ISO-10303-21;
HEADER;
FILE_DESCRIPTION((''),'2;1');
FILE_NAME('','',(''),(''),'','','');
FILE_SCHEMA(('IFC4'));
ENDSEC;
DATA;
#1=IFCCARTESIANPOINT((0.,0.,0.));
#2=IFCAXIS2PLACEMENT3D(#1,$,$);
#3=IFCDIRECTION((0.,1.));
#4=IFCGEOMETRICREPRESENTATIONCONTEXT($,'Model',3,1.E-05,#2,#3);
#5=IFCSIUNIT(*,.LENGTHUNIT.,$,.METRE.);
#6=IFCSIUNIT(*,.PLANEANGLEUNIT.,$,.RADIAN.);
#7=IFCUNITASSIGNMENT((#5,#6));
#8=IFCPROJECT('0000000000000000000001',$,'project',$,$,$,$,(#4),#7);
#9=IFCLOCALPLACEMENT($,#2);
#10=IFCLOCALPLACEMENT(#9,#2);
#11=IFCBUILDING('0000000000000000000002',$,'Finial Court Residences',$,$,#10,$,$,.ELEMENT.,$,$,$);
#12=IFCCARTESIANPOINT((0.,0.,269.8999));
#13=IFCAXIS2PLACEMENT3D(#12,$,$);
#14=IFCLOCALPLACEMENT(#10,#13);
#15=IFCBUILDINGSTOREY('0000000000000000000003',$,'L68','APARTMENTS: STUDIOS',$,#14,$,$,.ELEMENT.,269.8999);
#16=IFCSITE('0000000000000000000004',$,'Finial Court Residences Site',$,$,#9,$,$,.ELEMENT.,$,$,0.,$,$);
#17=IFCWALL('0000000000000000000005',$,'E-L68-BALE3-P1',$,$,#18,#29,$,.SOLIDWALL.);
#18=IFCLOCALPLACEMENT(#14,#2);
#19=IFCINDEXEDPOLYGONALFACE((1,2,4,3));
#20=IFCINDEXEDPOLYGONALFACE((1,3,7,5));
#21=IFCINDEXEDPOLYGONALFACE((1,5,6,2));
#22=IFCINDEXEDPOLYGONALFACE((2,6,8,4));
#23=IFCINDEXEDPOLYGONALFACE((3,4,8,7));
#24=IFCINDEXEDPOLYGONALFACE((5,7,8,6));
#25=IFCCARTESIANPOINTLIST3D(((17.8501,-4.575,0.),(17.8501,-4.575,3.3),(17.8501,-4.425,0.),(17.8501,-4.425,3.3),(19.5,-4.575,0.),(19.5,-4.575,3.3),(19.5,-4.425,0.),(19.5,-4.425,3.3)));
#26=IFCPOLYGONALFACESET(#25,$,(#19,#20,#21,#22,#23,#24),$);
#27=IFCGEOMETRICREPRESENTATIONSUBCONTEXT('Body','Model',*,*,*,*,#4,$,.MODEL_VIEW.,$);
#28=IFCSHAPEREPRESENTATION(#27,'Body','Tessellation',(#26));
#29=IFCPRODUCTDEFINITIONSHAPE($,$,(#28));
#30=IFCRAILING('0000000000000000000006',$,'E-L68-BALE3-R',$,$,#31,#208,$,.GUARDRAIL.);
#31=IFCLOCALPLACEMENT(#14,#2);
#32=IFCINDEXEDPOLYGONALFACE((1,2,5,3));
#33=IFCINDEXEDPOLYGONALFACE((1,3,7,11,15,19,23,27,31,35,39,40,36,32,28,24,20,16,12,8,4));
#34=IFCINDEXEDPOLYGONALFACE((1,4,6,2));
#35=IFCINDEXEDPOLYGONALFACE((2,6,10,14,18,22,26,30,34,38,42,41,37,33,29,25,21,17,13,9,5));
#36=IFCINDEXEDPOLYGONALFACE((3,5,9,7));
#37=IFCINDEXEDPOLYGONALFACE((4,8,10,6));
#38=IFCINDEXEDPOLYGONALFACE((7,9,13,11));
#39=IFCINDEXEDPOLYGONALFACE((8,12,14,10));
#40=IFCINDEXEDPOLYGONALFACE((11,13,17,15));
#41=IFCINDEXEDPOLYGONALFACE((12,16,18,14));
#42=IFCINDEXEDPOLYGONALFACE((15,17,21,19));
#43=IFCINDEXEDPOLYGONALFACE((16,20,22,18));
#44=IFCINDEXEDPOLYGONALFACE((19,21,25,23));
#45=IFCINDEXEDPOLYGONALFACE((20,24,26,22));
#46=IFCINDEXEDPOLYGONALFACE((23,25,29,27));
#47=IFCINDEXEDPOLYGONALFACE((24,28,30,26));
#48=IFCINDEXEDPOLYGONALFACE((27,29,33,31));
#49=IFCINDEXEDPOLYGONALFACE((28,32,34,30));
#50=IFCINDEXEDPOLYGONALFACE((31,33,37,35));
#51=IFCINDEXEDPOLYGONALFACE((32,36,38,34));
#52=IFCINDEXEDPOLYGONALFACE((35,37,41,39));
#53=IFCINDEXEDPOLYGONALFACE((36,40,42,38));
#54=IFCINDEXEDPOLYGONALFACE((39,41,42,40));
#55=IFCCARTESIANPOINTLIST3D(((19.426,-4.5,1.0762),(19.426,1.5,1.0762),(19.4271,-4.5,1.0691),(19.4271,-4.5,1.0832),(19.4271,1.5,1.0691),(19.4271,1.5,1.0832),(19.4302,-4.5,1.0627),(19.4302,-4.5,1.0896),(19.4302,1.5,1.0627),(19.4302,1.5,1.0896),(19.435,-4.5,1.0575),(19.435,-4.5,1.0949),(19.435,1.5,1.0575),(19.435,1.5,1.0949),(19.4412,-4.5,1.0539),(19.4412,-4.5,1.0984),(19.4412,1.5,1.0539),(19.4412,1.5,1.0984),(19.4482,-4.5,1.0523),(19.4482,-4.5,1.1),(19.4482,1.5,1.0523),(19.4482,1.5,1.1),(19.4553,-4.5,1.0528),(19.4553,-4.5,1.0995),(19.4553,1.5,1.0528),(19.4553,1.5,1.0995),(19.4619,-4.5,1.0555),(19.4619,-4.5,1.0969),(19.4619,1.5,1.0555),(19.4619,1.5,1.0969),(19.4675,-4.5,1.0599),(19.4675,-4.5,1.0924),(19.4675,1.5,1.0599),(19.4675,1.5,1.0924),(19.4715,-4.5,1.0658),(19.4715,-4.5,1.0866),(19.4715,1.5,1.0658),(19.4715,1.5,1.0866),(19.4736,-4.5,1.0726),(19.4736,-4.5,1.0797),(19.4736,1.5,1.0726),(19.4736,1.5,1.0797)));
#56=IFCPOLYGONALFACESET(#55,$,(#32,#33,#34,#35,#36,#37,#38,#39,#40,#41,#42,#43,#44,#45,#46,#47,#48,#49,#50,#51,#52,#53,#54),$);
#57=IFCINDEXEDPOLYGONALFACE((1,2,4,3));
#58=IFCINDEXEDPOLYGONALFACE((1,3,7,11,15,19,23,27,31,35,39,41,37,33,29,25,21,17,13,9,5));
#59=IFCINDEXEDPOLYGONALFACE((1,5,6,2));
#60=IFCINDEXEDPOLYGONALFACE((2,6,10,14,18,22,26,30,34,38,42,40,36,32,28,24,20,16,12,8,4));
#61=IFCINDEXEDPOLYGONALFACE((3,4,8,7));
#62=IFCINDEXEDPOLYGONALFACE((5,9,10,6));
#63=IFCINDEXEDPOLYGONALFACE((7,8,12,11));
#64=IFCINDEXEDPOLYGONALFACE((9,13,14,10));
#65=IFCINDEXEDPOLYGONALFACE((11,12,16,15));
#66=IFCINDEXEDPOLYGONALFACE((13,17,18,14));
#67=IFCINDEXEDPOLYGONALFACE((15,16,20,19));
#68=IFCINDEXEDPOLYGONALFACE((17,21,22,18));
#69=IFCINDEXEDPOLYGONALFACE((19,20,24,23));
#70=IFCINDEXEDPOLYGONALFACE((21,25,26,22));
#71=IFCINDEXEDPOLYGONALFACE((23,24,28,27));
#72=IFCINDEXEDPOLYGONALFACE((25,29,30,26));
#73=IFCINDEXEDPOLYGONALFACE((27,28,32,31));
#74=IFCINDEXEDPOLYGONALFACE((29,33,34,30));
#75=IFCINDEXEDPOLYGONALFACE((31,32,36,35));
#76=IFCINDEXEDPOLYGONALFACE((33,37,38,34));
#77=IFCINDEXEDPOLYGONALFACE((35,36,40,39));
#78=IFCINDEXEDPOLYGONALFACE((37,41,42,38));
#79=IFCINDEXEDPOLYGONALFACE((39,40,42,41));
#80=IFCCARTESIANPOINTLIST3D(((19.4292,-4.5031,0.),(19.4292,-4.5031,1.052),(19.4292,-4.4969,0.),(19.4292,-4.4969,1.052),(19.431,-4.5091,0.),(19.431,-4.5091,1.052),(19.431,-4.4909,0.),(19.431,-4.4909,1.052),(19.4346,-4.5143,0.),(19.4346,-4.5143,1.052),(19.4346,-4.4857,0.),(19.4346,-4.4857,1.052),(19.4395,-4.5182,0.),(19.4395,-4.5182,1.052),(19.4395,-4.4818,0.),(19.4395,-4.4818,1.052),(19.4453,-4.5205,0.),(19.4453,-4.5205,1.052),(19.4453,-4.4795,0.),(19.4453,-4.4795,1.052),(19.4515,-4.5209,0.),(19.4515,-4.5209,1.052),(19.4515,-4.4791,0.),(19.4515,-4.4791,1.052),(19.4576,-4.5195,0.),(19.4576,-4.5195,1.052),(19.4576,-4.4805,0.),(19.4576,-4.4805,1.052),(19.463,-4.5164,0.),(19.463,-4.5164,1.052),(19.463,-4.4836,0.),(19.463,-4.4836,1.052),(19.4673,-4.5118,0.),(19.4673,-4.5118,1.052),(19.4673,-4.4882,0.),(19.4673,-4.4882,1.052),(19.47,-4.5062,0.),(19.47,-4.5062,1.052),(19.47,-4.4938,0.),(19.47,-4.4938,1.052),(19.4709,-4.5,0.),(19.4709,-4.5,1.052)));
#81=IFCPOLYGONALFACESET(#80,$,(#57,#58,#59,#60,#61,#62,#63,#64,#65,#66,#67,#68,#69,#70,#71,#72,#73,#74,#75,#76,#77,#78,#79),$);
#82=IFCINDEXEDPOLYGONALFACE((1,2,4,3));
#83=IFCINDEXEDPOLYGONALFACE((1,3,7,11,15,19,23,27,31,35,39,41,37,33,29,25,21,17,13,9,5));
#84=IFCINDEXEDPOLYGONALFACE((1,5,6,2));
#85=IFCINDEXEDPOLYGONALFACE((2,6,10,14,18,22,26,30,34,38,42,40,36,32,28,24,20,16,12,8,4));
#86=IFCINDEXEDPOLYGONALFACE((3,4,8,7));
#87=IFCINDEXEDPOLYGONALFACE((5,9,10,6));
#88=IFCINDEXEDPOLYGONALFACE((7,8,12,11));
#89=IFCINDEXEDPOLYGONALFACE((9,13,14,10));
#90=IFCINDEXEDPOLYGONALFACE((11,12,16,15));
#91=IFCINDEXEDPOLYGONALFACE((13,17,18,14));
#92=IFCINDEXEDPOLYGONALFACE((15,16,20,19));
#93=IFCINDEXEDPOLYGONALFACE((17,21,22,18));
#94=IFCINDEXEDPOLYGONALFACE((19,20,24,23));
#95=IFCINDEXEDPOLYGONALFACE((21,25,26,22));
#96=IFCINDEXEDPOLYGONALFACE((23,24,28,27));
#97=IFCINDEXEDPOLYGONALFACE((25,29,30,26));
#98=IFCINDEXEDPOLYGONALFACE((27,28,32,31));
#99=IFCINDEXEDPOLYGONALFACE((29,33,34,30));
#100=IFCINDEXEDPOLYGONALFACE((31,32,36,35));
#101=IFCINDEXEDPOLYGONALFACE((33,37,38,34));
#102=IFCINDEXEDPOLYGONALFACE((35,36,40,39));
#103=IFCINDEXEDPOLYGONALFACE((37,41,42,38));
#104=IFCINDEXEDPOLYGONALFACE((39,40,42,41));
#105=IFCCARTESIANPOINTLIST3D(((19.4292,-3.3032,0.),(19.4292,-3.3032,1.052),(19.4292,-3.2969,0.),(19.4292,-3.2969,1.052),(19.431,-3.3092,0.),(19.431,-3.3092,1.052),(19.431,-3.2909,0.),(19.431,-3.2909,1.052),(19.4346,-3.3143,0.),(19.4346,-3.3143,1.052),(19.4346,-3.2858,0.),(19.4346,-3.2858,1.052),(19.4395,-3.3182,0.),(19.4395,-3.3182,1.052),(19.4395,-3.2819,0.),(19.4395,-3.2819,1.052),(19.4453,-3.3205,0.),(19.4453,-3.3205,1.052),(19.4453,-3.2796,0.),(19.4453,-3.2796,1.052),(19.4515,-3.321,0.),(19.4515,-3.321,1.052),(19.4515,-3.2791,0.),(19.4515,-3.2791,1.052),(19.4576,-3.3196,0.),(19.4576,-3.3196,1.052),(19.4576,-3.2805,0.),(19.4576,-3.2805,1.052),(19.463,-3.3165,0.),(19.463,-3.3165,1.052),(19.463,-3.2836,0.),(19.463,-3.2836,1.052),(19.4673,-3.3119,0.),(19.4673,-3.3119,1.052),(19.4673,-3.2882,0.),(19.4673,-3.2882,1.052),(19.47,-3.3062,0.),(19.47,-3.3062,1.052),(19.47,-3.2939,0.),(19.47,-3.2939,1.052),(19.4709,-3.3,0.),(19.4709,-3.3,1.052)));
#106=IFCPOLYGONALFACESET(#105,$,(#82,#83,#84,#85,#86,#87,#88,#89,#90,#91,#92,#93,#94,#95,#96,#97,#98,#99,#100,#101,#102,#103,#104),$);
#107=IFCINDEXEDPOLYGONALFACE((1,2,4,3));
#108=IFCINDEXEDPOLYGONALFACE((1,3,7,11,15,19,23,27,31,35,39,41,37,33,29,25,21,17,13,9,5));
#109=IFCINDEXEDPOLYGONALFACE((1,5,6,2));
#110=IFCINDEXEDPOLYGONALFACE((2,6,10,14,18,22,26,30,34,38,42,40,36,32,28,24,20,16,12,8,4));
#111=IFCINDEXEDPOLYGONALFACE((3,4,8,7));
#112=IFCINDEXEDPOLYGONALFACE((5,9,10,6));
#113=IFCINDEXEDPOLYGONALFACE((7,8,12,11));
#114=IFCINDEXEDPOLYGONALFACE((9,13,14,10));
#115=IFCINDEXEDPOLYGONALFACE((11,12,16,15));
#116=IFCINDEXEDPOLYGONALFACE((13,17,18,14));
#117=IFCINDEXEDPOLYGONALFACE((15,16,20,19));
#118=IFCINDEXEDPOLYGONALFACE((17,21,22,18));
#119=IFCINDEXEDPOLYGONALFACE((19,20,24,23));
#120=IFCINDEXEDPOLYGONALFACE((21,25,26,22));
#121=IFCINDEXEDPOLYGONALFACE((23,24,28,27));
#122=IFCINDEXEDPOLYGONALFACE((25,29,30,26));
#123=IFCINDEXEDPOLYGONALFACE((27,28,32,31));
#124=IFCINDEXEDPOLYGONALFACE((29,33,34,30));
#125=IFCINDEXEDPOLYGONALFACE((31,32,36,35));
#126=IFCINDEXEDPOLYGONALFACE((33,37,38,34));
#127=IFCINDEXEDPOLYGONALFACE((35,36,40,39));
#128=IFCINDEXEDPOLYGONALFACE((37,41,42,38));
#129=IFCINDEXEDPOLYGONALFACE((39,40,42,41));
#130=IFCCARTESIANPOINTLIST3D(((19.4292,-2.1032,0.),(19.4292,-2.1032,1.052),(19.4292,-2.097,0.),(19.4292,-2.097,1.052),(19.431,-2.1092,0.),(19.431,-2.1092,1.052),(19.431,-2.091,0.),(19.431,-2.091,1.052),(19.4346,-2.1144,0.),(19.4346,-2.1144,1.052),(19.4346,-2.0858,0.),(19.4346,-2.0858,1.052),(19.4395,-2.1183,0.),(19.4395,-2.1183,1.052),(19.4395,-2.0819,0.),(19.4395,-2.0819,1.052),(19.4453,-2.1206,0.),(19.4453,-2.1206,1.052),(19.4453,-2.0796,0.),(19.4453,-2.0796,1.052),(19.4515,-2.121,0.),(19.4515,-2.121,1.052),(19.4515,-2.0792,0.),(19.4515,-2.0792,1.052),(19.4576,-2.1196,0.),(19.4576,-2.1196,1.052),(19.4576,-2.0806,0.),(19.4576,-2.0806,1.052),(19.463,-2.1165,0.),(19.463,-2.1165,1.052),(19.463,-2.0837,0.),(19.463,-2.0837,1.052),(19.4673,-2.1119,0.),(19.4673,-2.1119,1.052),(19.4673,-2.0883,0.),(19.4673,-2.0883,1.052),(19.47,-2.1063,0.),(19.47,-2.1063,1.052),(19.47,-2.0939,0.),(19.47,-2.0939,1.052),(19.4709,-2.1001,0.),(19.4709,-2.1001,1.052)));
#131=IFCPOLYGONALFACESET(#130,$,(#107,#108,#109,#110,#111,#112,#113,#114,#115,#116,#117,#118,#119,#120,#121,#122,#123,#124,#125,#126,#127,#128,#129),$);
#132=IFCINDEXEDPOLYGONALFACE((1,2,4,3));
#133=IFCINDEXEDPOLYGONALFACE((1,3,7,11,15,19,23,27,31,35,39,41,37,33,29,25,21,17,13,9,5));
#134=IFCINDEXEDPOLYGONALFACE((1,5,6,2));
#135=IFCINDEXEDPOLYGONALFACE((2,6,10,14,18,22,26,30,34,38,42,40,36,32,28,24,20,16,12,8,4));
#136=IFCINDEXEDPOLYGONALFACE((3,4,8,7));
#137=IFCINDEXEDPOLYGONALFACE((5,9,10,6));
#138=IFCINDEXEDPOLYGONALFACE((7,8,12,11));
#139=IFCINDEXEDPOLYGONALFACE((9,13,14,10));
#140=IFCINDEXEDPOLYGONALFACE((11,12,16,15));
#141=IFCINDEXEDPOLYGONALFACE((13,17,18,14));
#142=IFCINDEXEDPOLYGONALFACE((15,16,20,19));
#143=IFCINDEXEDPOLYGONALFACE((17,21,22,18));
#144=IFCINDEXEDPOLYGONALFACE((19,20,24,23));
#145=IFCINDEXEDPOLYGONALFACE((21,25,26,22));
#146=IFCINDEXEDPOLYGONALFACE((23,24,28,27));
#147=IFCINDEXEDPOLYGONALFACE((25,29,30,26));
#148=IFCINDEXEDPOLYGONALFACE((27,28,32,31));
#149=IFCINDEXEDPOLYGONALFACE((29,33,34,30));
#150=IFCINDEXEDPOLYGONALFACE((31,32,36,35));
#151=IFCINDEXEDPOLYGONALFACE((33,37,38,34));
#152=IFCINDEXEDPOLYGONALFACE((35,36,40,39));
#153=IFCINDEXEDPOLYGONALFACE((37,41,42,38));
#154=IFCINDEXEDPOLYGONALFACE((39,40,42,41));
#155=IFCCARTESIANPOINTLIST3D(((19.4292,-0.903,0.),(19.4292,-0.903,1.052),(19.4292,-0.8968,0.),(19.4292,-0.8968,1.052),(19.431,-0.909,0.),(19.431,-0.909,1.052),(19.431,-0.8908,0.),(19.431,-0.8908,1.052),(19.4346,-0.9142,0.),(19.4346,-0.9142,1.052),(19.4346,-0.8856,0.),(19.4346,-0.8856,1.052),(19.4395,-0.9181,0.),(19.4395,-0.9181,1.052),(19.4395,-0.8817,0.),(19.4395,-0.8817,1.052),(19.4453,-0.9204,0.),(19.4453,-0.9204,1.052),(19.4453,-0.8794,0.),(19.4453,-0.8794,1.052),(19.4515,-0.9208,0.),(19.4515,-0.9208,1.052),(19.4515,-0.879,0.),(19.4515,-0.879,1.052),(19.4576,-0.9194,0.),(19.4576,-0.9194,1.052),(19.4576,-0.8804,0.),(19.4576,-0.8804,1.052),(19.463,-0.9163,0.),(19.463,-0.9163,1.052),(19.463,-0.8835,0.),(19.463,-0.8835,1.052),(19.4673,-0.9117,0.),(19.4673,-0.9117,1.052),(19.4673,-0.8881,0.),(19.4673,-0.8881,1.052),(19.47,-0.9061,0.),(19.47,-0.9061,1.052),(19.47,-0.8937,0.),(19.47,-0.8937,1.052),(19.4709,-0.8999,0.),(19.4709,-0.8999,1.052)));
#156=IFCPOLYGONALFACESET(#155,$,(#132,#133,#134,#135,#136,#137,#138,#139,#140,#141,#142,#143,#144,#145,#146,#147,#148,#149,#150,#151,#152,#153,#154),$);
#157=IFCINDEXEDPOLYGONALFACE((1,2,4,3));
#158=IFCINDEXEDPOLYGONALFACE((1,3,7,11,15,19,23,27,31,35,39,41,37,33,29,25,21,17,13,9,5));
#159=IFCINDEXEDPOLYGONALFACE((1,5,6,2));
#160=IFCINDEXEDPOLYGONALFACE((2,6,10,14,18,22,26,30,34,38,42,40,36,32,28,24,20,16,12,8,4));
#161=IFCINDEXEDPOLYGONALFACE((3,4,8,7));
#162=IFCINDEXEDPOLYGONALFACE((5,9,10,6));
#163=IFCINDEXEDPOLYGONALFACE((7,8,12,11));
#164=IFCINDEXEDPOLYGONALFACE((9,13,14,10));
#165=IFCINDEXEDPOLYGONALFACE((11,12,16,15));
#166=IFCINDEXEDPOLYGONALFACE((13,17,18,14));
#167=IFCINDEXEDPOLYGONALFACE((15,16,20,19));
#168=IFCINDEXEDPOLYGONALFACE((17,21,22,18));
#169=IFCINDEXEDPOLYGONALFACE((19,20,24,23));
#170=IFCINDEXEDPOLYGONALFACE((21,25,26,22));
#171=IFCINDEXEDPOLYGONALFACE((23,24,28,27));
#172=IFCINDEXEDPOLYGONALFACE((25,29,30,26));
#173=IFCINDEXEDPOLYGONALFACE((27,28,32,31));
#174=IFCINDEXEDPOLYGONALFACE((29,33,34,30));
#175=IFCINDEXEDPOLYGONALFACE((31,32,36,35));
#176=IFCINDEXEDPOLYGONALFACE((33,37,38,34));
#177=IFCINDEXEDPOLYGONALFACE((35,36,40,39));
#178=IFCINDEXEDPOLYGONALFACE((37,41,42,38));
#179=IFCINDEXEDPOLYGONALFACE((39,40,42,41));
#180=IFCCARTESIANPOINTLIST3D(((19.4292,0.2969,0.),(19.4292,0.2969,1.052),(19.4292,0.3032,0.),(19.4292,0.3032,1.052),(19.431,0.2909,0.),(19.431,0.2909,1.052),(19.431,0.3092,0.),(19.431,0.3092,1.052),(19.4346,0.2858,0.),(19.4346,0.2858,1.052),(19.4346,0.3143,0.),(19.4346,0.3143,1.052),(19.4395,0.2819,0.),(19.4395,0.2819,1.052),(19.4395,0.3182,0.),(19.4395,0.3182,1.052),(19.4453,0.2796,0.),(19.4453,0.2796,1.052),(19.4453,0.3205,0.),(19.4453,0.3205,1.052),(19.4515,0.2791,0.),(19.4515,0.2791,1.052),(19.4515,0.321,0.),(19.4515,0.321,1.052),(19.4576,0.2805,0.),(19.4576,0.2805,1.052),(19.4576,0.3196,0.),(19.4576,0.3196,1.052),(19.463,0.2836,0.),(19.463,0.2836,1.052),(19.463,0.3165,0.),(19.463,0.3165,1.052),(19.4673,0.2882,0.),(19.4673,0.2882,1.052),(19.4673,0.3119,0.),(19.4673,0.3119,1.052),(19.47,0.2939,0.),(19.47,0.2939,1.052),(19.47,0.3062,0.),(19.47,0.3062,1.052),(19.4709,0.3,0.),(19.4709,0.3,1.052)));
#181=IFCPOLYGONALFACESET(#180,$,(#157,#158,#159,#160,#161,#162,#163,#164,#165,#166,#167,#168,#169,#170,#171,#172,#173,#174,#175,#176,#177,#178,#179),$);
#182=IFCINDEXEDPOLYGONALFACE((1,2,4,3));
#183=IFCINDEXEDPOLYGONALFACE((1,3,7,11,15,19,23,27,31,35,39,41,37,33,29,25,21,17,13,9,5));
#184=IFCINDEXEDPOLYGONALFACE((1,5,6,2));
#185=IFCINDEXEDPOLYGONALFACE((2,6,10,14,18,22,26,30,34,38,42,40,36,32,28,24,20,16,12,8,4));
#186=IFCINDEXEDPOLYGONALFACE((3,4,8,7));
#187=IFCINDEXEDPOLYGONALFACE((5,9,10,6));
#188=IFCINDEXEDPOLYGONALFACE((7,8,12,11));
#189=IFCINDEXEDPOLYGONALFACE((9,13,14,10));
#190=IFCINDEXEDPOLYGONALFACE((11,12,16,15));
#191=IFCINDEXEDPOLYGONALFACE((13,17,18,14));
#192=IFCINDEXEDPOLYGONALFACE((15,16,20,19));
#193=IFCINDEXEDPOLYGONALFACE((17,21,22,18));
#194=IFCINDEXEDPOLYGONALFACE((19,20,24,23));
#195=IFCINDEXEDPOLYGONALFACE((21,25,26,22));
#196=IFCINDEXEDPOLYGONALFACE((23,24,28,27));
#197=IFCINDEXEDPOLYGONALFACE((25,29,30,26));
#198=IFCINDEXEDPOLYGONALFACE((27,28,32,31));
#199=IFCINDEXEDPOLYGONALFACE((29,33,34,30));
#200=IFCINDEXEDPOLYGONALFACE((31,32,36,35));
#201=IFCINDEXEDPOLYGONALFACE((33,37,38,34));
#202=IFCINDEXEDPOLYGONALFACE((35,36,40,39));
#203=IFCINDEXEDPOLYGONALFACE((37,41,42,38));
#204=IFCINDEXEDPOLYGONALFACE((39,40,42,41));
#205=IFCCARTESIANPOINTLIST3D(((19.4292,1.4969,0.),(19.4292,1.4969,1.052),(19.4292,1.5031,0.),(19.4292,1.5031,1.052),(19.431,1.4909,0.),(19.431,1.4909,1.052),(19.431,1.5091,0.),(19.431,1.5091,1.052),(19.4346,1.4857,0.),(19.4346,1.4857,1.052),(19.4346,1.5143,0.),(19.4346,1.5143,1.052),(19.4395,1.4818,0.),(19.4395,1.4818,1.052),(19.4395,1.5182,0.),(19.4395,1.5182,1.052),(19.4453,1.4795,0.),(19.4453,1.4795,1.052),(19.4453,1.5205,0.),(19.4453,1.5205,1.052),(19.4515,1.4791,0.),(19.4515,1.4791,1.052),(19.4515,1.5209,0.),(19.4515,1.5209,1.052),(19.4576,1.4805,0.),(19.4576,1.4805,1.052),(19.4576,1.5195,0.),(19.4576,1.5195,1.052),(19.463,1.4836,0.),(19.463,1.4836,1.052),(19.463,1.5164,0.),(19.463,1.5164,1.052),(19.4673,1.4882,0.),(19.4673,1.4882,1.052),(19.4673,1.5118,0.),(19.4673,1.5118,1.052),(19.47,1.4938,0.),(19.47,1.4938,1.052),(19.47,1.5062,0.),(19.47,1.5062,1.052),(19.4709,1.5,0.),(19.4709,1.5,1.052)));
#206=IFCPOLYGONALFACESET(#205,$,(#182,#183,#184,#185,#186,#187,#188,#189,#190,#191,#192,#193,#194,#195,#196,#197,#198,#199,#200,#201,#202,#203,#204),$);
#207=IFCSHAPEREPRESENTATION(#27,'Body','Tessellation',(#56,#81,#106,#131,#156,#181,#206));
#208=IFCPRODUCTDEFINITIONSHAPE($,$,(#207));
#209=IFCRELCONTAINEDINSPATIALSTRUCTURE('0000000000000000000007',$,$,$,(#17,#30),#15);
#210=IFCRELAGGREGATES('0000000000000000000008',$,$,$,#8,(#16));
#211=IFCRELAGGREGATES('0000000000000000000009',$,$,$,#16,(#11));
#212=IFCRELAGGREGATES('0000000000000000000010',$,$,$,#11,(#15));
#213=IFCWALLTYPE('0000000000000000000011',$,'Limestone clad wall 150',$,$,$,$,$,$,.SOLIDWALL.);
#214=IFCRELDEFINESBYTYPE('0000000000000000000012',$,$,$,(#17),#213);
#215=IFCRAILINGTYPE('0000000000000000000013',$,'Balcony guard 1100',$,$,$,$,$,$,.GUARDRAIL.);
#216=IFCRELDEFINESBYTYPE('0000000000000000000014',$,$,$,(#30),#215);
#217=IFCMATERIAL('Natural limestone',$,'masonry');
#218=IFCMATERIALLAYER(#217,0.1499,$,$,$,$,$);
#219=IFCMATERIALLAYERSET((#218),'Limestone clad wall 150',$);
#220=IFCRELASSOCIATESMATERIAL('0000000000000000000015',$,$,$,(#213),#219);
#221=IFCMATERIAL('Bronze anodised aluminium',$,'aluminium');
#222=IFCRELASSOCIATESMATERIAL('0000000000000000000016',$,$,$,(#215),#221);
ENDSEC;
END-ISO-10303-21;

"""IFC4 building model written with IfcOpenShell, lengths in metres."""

from ifc_helpers import new_model, si_unit, direction, frame, frame_2d, origin, origin_2d, place, context, subcontext, project, spatial, rectangle, circle, extrude, material, layer, layer_set, type_object, element, save


model = new_model("IFC4")

# Units and contexts
model_context = context("Model", 3, precision=1e-05, world=origin(), true_north=direction((0.0, 1.0)))
body_context = subcontext(model_context, "Body", "Model", "MODEL_VIEW")
ifc_project = project(units=[si_unit("LENGTHUNIT", "METRE"), si_unit("PLANEANGLEUNIT", "RADIAN")], contexts=[model_context])

# Site, building, storey
site_placement = place(None, origin())
site = spatial("IfcSite", under=ifc_project, at=site_placement, Name="Finial Court Residences Site", CompositionType="ELEMENT", RefElevation=0.0)
building_placement = place(site_placement, origin())
building = spatial("IfcBuilding", under=site, at=building_placement, Name="Finial Court Residences", CompositionType="ELEMENT")
storey_placement = place(building_placement, frame((0.0, 0.0, 269.8999)))
storey = spatial("IfcBuildingStorey", under=building, at=storey_placement, Name="L68", Description="APARTMENTS: STUDIOS", CompositionType="ELEMENT", Elevation=269.8999)

# Shared definitions
ifc_material_1 = material(Name="Bronze anodised aluminium", Category="aluminium")

# Wall
ifc_material_2 = material(Name="Natural limestone", Category="masonry")
ifc_layer_1 = layer(ifc_material_2, 0.1499)
ifc_layer_set_1 = layer_set([ifc_layer_1], Name="Limestone clad wall 150")
wall_type_1 = type_object("IfcWallType", Name="Limestone clad wall 150", PredefinedType="SOLIDWALL", material=ifc_layer_set_1)
wall_1_placement = place(storey_placement, frame((17.8501, -4.5, 0.0), z_axis=(0.0, 0.0, 1.0), x_axis=(1.0, 0.0, 0.0)))
element("IfcWall", 1, at=wall_1_placement, inside=storey, type_object=wall_type_1, Name="E-L68-BALE3-P1", PredefinedType="SOLIDWALL", context=body_context, shape_type="SweptSolid", body=[
    extrude(rectangle(XDim=1.6499, YDim=0.1499, at=frame_2d((0.825, 0.0))), origin(), (0.0, 0.0, 1.0), 3.3),
])

# Railing
railing_type = type_object("IfcRailingType", Name="Balcony guard 1100", PredefinedType="GUARDRAIL", material=ifc_material_1)
railing_placement = place(storey_placement, frame((19.45, -4.5, 0.0)))
element("IfcRailing", 2, at=railing_placement, inside=storey, type_object=railing_type, Name="E-L68-BALE3-R", PredefinedType="GUARDRAIL", context=body_context, shape_type="SweptSolid", body=[
    extrude(circle(Radius=0.0239, at=origin_2d()), frame((0.0, 0.0, 1.0762), z_axis=(0.0, 1.0, 0.0), x_axis=(-1.0, 0.0, 0.0)), (0.0, 0.0, 1.0), 6.0),
    extrude(circle(Radius=0.021, at=origin_2d()), origin(), (0.0, 0.0, 1.0), 1.052),
    extrude(circle(Radius=0.021, at=origin_2d()), frame((0.0, 1.2, 0.0)), (0.0, 0.0, 1.0), 1.052),
    extrude(circle(Radius=0.021, at=origin_2d()), frame((0.0, 2.3999, 0.0)), (0.0, 0.0, 1.0), 1.052),
    extrude(circle(Radius=0.021, at=origin_2d()), frame((0.0, 3.6001, 0.0)), (0.0, 0.0, 1.0), 1.052),
    extrude(circle(Radius=0.021, at=origin_2d()), frame((0.0, 4.8, 0.0)), (0.0, 0.0, 1.0), 1.052),
    extrude(circle(Radius=0.021, at=origin_2d()), frame((0.0, 6.0, 0.0)), (0.0, 0.0, 1.0), 1.052),
])

save(model, "model.ifc")
